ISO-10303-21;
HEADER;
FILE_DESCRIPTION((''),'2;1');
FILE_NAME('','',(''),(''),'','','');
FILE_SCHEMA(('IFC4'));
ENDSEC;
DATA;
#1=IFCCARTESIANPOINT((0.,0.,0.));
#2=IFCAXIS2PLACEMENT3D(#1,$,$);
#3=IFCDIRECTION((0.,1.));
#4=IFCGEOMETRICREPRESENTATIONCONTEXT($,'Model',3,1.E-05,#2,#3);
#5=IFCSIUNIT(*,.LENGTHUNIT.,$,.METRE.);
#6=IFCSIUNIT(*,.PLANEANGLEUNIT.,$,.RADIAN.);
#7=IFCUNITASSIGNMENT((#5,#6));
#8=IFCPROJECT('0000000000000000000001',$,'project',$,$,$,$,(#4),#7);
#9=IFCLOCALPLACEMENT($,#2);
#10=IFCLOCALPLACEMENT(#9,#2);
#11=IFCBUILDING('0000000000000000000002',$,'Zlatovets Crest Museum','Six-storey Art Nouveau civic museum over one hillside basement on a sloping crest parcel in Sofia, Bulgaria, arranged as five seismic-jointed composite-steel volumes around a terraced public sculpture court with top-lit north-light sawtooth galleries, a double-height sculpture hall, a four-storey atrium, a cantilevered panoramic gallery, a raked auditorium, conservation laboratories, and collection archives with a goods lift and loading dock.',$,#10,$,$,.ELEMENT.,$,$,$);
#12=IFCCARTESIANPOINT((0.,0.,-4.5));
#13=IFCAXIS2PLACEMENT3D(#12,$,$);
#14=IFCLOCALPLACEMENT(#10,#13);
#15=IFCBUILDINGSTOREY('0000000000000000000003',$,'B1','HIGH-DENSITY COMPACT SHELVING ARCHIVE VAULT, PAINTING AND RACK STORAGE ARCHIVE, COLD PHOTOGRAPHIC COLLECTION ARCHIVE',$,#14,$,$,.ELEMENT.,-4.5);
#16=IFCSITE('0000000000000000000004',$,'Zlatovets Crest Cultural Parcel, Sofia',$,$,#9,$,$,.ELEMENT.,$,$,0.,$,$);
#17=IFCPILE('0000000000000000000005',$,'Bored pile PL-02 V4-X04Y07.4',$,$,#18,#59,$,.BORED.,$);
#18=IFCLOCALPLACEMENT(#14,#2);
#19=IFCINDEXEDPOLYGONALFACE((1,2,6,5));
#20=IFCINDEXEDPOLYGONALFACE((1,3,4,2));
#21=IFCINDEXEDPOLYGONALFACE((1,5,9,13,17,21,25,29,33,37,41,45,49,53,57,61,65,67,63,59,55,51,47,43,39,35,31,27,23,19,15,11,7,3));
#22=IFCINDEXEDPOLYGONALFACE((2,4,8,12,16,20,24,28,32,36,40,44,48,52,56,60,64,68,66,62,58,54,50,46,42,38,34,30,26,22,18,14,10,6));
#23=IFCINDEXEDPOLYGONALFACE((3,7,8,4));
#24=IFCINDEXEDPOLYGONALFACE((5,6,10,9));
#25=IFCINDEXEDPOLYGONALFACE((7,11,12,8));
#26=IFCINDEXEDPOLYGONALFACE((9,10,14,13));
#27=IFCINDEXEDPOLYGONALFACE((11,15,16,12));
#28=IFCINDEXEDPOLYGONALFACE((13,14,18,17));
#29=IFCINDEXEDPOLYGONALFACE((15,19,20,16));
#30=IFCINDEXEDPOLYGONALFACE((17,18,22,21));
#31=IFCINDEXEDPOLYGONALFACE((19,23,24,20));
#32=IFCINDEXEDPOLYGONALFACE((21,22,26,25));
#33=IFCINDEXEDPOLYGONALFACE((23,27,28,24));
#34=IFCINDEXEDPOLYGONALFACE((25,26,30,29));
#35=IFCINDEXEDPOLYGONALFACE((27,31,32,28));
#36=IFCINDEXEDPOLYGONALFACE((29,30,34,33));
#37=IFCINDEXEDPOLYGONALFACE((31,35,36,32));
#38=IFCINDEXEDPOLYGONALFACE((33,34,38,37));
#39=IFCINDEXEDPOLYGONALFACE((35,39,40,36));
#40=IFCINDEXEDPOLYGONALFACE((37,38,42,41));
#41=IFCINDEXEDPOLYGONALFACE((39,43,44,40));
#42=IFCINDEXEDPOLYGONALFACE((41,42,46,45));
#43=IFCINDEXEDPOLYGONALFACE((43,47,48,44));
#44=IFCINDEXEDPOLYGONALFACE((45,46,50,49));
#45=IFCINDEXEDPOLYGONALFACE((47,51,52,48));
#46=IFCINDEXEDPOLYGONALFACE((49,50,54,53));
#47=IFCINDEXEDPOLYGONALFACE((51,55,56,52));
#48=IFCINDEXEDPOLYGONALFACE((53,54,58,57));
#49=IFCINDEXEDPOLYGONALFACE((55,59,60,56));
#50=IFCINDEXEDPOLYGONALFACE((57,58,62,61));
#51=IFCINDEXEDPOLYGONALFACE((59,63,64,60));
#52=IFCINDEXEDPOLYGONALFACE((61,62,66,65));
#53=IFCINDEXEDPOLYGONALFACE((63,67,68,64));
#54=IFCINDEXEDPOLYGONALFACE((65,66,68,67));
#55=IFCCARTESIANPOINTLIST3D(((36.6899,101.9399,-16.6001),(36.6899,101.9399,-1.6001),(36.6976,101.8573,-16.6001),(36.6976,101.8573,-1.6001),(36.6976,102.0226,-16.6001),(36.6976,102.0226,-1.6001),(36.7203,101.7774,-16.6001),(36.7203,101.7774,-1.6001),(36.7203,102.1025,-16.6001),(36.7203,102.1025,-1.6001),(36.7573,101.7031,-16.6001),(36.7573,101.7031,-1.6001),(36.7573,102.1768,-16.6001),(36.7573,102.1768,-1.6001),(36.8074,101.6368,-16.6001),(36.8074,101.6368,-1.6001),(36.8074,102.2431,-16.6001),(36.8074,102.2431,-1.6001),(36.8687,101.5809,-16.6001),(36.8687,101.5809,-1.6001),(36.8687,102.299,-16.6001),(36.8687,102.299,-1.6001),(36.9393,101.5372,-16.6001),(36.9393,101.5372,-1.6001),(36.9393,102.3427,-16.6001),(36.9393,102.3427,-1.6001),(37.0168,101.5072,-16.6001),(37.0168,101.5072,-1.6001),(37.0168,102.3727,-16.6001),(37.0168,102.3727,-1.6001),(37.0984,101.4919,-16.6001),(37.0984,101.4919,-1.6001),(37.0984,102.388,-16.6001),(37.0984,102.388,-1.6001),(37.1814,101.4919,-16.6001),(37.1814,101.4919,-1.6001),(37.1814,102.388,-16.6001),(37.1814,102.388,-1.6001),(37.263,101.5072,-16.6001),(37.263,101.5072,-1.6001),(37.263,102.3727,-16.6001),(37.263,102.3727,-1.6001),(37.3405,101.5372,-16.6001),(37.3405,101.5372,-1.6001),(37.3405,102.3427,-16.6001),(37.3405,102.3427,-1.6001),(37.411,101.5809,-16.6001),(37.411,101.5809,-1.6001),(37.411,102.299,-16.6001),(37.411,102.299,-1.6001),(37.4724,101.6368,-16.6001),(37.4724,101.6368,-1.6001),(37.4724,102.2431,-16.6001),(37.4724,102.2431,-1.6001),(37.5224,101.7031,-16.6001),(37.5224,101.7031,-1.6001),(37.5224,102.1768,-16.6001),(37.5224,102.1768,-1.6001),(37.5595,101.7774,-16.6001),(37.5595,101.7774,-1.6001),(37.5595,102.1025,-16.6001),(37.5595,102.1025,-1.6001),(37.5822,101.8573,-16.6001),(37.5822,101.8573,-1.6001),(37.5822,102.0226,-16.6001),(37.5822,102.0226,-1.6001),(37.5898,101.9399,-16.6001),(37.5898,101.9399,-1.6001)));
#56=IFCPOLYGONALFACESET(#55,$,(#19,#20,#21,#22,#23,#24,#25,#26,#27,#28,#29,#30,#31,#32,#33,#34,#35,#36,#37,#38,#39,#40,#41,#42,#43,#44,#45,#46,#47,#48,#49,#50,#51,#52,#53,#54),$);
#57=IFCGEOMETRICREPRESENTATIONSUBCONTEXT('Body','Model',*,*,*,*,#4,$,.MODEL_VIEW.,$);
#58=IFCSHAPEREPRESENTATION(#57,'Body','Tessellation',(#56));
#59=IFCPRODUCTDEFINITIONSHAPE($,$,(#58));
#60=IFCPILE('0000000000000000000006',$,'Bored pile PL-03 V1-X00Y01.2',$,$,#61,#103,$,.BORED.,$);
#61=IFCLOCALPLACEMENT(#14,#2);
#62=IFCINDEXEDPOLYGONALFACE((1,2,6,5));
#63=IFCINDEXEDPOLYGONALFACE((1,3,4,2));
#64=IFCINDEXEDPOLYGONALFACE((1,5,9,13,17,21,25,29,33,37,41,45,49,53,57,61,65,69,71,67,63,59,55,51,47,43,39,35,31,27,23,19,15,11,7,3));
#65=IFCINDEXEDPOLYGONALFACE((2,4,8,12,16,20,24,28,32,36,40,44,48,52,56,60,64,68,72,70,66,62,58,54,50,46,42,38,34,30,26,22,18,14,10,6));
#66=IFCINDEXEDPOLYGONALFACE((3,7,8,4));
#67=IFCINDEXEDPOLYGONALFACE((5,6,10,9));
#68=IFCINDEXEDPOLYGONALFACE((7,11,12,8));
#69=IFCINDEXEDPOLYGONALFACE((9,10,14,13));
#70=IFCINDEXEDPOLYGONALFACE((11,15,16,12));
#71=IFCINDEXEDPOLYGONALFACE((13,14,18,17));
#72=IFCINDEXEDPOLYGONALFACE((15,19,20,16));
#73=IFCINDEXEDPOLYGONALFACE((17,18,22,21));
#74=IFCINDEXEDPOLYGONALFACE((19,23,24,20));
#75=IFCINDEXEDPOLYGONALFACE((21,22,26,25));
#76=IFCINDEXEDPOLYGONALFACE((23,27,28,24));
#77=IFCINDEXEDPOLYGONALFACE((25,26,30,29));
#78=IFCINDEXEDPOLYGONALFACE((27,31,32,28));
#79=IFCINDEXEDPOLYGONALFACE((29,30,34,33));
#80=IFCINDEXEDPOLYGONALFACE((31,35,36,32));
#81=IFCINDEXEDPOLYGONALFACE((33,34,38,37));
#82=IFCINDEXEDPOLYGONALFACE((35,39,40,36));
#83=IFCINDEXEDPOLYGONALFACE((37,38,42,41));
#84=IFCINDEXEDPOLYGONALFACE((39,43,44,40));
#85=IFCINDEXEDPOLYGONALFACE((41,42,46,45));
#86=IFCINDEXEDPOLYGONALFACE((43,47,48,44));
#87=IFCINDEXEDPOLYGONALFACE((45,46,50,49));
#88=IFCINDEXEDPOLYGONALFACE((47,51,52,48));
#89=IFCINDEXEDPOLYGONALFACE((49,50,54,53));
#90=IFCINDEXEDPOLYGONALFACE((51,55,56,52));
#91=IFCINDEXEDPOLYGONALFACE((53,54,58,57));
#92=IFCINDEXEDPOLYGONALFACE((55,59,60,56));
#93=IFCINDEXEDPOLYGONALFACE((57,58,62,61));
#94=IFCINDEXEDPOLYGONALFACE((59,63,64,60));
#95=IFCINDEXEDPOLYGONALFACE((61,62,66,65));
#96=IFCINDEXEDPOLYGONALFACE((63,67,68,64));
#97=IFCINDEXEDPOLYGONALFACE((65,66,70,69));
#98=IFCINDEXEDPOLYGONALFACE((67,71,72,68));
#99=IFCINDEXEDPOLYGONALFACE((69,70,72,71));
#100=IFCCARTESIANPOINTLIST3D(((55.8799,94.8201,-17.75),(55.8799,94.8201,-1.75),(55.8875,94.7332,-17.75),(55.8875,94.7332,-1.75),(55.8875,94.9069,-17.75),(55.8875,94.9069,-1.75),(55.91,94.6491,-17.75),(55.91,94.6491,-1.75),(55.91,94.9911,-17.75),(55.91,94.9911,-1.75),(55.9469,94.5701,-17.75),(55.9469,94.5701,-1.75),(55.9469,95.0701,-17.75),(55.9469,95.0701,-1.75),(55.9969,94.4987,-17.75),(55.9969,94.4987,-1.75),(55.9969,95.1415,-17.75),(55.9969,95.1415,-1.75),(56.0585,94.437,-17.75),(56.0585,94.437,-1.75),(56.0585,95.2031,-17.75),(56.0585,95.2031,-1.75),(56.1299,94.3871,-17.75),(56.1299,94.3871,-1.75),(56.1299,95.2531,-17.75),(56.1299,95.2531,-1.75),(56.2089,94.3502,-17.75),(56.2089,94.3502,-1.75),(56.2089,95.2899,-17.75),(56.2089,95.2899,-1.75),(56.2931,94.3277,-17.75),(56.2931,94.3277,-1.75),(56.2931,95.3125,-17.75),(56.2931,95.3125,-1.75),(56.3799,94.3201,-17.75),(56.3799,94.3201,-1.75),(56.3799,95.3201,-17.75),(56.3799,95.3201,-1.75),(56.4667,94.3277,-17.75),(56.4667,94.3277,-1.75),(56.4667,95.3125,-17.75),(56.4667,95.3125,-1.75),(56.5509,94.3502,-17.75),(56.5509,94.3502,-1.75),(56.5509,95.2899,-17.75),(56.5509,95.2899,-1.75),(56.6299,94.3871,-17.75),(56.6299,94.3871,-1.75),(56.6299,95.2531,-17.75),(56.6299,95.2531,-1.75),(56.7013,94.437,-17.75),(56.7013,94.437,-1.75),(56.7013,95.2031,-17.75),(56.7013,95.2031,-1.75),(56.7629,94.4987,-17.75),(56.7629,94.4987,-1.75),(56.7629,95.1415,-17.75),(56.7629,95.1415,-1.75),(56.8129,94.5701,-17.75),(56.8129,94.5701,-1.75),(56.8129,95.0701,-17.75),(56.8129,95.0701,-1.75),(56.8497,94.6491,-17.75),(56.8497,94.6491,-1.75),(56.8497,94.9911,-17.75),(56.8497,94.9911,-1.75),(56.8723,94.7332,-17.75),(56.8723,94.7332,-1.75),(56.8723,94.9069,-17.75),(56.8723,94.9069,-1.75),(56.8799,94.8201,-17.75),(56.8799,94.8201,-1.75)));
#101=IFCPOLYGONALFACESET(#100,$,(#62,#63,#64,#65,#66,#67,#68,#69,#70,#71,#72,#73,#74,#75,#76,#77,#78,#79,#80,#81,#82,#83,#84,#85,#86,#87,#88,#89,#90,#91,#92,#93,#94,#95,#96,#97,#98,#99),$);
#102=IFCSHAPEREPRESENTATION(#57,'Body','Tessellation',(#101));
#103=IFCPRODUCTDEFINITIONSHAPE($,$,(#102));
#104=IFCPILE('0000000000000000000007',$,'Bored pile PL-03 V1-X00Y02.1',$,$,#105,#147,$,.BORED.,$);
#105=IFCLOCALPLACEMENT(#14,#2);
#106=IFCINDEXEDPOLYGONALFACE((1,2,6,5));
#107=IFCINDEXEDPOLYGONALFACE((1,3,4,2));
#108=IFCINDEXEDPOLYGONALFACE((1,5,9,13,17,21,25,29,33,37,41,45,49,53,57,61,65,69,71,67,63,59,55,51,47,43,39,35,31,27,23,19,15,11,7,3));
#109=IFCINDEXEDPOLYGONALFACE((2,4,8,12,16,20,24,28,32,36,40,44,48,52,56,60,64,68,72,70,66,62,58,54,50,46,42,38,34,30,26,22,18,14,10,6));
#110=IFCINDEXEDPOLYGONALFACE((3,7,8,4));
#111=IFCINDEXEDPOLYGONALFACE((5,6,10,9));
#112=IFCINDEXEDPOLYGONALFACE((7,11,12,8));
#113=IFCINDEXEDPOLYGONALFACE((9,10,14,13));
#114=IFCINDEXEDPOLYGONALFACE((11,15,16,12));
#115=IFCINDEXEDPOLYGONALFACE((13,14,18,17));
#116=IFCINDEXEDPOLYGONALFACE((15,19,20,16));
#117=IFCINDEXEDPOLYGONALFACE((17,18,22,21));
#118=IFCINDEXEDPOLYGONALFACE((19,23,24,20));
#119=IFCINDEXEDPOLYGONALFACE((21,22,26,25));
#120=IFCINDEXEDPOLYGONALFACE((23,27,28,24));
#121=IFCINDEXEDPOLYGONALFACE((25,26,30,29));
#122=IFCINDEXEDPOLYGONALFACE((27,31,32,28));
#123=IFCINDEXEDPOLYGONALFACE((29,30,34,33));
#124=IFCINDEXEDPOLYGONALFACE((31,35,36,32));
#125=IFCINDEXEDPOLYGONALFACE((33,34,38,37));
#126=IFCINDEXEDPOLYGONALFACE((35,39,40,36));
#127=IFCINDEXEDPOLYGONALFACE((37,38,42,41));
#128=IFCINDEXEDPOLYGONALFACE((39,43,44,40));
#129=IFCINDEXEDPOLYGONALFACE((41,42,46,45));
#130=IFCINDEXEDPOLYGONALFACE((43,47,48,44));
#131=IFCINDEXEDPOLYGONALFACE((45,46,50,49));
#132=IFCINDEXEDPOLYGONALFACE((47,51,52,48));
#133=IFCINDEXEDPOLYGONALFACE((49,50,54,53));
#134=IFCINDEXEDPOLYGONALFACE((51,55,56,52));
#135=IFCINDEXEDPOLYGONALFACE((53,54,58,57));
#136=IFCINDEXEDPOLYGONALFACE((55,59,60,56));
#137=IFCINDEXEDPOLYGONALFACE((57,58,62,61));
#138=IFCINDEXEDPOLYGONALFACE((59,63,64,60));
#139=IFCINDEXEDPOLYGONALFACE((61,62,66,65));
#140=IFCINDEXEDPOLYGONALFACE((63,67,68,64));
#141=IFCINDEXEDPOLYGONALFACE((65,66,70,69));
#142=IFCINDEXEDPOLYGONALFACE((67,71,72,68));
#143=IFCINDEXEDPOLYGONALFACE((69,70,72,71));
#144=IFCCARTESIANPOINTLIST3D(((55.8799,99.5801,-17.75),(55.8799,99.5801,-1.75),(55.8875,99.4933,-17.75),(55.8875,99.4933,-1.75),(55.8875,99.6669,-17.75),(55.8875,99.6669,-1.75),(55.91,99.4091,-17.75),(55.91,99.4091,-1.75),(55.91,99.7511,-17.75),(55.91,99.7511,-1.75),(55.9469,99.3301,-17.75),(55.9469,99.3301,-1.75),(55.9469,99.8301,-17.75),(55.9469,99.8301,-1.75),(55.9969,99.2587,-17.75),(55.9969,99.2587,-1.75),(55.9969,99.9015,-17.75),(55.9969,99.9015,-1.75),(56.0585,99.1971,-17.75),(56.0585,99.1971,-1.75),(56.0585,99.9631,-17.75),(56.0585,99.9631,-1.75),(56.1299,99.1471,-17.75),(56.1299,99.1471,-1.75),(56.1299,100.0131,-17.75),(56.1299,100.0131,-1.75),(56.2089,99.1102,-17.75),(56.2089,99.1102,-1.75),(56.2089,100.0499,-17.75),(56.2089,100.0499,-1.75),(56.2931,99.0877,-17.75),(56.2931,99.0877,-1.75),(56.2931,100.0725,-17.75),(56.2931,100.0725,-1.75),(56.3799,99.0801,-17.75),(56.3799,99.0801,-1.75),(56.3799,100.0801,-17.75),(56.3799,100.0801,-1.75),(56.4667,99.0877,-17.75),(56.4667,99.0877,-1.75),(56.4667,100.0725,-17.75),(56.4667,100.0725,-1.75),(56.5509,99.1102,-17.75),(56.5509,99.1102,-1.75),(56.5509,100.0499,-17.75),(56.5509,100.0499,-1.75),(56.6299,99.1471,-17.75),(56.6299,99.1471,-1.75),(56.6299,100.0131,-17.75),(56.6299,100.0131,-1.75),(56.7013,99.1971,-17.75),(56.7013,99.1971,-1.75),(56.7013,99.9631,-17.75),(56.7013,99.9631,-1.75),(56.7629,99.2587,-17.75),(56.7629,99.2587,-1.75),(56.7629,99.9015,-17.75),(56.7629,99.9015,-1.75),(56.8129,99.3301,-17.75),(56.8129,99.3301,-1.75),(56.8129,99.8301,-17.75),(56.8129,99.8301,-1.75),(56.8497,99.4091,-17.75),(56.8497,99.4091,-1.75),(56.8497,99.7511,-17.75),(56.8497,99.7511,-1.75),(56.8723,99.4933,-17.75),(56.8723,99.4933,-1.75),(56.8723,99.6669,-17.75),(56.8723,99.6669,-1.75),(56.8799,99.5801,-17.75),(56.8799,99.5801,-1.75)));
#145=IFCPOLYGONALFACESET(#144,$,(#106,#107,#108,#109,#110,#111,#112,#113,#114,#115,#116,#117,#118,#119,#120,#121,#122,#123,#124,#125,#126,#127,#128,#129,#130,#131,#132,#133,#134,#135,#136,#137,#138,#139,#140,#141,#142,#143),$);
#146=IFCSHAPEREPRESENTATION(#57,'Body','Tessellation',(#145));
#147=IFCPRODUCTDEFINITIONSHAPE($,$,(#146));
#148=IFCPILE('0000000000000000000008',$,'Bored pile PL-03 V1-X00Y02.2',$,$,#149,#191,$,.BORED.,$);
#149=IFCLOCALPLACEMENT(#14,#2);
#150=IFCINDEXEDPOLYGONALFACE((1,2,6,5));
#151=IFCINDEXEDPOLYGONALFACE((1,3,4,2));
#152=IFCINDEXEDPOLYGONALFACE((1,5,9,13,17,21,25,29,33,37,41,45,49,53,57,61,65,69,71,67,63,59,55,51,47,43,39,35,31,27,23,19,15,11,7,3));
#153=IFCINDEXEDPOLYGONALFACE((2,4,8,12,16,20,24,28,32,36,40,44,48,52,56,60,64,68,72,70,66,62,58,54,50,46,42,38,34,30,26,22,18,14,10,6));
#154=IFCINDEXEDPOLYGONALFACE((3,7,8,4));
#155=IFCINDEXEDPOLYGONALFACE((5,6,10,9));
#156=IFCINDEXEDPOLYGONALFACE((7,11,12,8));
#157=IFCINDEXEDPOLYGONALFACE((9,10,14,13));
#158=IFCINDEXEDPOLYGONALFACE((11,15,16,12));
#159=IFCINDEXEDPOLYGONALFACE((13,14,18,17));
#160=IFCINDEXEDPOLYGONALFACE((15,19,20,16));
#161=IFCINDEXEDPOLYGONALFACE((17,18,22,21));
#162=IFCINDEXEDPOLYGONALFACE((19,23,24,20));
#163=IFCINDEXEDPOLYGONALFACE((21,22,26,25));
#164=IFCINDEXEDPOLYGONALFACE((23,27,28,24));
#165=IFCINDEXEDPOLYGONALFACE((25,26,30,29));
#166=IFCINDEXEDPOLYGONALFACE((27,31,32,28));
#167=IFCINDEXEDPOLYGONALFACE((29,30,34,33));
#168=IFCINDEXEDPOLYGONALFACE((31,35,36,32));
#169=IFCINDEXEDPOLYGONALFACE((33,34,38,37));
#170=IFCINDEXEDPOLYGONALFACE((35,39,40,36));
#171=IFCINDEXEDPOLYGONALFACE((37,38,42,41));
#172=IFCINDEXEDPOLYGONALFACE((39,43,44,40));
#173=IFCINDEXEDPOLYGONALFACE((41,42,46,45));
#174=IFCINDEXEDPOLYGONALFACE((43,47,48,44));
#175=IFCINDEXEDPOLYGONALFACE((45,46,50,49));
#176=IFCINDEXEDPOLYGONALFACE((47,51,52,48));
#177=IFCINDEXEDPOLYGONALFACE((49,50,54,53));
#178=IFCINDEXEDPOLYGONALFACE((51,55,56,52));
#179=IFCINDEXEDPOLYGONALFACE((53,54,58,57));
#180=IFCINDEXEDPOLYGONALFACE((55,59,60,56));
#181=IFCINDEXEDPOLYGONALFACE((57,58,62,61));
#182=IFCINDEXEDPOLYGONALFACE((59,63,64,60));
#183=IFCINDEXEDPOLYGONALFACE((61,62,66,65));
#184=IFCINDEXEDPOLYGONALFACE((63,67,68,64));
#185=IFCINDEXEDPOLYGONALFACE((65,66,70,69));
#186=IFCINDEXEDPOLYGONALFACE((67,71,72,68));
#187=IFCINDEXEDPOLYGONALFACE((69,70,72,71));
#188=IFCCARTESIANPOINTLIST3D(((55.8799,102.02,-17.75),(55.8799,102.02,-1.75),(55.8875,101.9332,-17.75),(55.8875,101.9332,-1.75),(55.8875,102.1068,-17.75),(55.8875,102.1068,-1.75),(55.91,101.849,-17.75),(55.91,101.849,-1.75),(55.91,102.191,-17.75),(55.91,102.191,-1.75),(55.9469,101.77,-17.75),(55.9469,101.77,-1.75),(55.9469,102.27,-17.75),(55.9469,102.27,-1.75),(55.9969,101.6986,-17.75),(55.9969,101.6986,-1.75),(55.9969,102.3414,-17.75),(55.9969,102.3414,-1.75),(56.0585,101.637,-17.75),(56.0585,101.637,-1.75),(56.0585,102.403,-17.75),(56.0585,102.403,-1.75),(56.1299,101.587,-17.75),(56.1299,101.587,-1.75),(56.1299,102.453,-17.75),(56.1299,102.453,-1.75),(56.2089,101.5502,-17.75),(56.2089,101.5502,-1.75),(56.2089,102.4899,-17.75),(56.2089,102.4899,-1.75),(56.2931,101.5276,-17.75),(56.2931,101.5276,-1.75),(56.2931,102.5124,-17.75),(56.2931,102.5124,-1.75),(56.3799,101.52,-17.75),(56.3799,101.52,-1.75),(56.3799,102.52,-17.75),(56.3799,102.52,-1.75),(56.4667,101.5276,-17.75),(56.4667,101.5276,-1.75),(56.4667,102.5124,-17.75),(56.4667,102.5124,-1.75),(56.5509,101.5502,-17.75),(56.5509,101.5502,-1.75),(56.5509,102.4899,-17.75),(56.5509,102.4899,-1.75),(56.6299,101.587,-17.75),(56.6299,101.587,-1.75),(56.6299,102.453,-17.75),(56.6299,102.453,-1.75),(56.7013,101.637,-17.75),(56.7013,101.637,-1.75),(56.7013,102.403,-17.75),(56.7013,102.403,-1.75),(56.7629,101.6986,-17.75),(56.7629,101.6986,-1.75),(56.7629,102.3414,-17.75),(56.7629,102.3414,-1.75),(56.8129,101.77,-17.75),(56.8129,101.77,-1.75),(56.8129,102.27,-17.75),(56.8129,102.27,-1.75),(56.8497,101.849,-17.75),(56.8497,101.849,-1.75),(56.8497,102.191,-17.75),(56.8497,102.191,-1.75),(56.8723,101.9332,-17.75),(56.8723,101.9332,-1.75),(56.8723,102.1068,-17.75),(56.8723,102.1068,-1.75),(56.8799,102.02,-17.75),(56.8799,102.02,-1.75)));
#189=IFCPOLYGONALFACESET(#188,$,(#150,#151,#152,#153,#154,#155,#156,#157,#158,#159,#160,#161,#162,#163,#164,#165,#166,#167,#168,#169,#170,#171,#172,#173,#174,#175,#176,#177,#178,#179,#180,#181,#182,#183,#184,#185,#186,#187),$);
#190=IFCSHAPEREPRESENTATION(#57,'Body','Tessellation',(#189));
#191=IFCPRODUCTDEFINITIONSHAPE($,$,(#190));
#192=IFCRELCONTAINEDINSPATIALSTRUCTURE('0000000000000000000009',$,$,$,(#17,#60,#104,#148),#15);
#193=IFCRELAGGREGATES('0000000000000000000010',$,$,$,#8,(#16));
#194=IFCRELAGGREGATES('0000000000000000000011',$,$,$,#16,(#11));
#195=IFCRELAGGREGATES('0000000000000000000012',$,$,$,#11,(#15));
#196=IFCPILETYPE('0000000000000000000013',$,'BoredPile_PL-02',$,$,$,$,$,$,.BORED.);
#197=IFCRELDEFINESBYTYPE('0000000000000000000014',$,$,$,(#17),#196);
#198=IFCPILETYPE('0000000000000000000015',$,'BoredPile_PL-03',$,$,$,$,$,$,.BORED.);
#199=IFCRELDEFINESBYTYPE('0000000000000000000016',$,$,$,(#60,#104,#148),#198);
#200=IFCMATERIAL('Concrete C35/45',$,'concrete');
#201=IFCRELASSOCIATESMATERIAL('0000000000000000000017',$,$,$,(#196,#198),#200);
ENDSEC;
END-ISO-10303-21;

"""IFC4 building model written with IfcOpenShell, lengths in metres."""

from ifc_helpers import new_model, si_unit, direction, frame, origin, origin_2d, place, context, subcontext, project, spatial, circle, extrude, material, material_profile, profile_set, type_object, element, save


model = new_model("IFC4")

# Units and contexts
model_context = context("Model", 3, precision=1e-05, world=origin(), true_north=direction((0.0, 1.0)))
body_context = subcontext(model_context, "Body", "Model", "MODEL_VIEW")
ifc_project = project(units=[si_unit("LENGTHUNIT", "METRE"), si_unit("PLANEANGLEUNIT", "RADIAN")], contexts=[model_context])

# Site, building, storey
site_placement = place(None, origin())
site = spatial("IfcSite", under=ifc_project, at=site_placement, Name="Zlatovets Crest Cultural Parcel, Sofia", CompositionType="ELEMENT", RefElevation=0.0)
building_placement = place(site_placement, origin())
building = spatial("IfcBuilding", under=site, at=building_placement, Name="Zlatovets Crest Museum", Description="Six-storey Art Nouveau civic museum over one hillside basement on a sloping crest parcel in Sofia, Bulgaria, arranged as five seismic-jointed composite-steel volumes around a terraced public sculpture court with top-lit north-light sawtooth galleries, a double-height sculpture hall, a four-storey atrium, a cantilevered panoramic gallery, a raked auditorium, conservation laboratories, and collection archives with a goods lift and loading dock.", CompositionType="ELEMENT")
storey_placement = place(building_placement, frame((0.0, 0.0, -4.5)))
storey = spatial("IfcBuildingStorey", under=building, at=storey_placement, Name="B1", Description="HIGH-DENSITY COMPACT SHELVING ARCHIVE VAULT, PAINTING AND RACK STORAGE ARCHIVE, COLD PHOTOGRAPHIC COLLECTION ARCHIVE", CompositionType="ELEMENT", Elevation=-4.5)

# Piles
ifc_material_1 = material(Name="Concrete C35/45", Category="concrete")
ifc_material_profile_1 = material_profile(ifc_material_1, circle(Radius=0.45, at=origin_2d()), Name="PILE D900")
ifc_profile_set_1 = profile_set([ifc_material_profile_1], Name="Concrete C35/45")
pile_type_1 = type_object("IfcPileType", Name="BoredPile_PL-02", PredefinedType="BORED", material=ifc_profile_set_1)
for number, where, z_axis, x_axis, name in (
    (1, (37.1399, 101.9399, -1.6001), (0.0, 0.0, -1.0), (1.0, 0.0, 0.0), "Bored pile PL-02 V4-X04Y07.4"),
):
    element("IfcPile", number, at=place(storey_placement, frame(where, z_axis=z_axis, x_axis=x_axis)), inside=storey, type_object=pile_type_1, Name=name, PredefinedType="BORED", context=body_context, shape_type="SweptSolid", body=[
        extrude(circle(Radius=0.45, at=origin_2d()), origin(), (0.0, 0.0, 1.0), 15.0),
    ])
ifc_material_profile_2 = material_profile(ifc_material_1, circle(Radius=0.5, at=origin_2d()), Name="PILE D1000")
ifc_profile_set_2 = profile_set([ifc_material_profile_2], Name="Concrete C35/45")
pile_type_2 = type_object("IfcPileType", Name="BoredPile_PL-03", PredefinedType="BORED", material=ifc_profile_set_2)
for number, where, z_axis, x_axis, name in (
    (2, (56.3799, 94.8201, -1.75), (0.0, 0.0, -1.0), (1.0, 0.0, 0.0), "Bored pile PL-03 V1-X00Y01.2"),
    (3, (56.3799, 99.5801, -1.75), (0.0, 0.0, -1.0), (1.0, 0.0, 0.0), "Bored pile PL-03 V1-X00Y02.1"),
    (4, (56.3799, 102.02, -1.75), (0.0, 0.0, -1.0), (1.0, 0.0, 0.0), "Bored pile PL-03 V1-X00Y02.2"),
):
    element("IfcPile", number, at=place(storey_placement, frame(where, z_axis=z_axis, x_axis=x_axis)), inside=storey, type_object=pile_type_2, Name=name, PredefinedType="BORED", context=body_context, shape_type="SweptSolid", body=[
        extrude(circle(Radius=0.5, at=origin_2d()), origin(), (0.0, 0.0, 1.0), 16.0),
    ])

save(model, "model.ifc")
